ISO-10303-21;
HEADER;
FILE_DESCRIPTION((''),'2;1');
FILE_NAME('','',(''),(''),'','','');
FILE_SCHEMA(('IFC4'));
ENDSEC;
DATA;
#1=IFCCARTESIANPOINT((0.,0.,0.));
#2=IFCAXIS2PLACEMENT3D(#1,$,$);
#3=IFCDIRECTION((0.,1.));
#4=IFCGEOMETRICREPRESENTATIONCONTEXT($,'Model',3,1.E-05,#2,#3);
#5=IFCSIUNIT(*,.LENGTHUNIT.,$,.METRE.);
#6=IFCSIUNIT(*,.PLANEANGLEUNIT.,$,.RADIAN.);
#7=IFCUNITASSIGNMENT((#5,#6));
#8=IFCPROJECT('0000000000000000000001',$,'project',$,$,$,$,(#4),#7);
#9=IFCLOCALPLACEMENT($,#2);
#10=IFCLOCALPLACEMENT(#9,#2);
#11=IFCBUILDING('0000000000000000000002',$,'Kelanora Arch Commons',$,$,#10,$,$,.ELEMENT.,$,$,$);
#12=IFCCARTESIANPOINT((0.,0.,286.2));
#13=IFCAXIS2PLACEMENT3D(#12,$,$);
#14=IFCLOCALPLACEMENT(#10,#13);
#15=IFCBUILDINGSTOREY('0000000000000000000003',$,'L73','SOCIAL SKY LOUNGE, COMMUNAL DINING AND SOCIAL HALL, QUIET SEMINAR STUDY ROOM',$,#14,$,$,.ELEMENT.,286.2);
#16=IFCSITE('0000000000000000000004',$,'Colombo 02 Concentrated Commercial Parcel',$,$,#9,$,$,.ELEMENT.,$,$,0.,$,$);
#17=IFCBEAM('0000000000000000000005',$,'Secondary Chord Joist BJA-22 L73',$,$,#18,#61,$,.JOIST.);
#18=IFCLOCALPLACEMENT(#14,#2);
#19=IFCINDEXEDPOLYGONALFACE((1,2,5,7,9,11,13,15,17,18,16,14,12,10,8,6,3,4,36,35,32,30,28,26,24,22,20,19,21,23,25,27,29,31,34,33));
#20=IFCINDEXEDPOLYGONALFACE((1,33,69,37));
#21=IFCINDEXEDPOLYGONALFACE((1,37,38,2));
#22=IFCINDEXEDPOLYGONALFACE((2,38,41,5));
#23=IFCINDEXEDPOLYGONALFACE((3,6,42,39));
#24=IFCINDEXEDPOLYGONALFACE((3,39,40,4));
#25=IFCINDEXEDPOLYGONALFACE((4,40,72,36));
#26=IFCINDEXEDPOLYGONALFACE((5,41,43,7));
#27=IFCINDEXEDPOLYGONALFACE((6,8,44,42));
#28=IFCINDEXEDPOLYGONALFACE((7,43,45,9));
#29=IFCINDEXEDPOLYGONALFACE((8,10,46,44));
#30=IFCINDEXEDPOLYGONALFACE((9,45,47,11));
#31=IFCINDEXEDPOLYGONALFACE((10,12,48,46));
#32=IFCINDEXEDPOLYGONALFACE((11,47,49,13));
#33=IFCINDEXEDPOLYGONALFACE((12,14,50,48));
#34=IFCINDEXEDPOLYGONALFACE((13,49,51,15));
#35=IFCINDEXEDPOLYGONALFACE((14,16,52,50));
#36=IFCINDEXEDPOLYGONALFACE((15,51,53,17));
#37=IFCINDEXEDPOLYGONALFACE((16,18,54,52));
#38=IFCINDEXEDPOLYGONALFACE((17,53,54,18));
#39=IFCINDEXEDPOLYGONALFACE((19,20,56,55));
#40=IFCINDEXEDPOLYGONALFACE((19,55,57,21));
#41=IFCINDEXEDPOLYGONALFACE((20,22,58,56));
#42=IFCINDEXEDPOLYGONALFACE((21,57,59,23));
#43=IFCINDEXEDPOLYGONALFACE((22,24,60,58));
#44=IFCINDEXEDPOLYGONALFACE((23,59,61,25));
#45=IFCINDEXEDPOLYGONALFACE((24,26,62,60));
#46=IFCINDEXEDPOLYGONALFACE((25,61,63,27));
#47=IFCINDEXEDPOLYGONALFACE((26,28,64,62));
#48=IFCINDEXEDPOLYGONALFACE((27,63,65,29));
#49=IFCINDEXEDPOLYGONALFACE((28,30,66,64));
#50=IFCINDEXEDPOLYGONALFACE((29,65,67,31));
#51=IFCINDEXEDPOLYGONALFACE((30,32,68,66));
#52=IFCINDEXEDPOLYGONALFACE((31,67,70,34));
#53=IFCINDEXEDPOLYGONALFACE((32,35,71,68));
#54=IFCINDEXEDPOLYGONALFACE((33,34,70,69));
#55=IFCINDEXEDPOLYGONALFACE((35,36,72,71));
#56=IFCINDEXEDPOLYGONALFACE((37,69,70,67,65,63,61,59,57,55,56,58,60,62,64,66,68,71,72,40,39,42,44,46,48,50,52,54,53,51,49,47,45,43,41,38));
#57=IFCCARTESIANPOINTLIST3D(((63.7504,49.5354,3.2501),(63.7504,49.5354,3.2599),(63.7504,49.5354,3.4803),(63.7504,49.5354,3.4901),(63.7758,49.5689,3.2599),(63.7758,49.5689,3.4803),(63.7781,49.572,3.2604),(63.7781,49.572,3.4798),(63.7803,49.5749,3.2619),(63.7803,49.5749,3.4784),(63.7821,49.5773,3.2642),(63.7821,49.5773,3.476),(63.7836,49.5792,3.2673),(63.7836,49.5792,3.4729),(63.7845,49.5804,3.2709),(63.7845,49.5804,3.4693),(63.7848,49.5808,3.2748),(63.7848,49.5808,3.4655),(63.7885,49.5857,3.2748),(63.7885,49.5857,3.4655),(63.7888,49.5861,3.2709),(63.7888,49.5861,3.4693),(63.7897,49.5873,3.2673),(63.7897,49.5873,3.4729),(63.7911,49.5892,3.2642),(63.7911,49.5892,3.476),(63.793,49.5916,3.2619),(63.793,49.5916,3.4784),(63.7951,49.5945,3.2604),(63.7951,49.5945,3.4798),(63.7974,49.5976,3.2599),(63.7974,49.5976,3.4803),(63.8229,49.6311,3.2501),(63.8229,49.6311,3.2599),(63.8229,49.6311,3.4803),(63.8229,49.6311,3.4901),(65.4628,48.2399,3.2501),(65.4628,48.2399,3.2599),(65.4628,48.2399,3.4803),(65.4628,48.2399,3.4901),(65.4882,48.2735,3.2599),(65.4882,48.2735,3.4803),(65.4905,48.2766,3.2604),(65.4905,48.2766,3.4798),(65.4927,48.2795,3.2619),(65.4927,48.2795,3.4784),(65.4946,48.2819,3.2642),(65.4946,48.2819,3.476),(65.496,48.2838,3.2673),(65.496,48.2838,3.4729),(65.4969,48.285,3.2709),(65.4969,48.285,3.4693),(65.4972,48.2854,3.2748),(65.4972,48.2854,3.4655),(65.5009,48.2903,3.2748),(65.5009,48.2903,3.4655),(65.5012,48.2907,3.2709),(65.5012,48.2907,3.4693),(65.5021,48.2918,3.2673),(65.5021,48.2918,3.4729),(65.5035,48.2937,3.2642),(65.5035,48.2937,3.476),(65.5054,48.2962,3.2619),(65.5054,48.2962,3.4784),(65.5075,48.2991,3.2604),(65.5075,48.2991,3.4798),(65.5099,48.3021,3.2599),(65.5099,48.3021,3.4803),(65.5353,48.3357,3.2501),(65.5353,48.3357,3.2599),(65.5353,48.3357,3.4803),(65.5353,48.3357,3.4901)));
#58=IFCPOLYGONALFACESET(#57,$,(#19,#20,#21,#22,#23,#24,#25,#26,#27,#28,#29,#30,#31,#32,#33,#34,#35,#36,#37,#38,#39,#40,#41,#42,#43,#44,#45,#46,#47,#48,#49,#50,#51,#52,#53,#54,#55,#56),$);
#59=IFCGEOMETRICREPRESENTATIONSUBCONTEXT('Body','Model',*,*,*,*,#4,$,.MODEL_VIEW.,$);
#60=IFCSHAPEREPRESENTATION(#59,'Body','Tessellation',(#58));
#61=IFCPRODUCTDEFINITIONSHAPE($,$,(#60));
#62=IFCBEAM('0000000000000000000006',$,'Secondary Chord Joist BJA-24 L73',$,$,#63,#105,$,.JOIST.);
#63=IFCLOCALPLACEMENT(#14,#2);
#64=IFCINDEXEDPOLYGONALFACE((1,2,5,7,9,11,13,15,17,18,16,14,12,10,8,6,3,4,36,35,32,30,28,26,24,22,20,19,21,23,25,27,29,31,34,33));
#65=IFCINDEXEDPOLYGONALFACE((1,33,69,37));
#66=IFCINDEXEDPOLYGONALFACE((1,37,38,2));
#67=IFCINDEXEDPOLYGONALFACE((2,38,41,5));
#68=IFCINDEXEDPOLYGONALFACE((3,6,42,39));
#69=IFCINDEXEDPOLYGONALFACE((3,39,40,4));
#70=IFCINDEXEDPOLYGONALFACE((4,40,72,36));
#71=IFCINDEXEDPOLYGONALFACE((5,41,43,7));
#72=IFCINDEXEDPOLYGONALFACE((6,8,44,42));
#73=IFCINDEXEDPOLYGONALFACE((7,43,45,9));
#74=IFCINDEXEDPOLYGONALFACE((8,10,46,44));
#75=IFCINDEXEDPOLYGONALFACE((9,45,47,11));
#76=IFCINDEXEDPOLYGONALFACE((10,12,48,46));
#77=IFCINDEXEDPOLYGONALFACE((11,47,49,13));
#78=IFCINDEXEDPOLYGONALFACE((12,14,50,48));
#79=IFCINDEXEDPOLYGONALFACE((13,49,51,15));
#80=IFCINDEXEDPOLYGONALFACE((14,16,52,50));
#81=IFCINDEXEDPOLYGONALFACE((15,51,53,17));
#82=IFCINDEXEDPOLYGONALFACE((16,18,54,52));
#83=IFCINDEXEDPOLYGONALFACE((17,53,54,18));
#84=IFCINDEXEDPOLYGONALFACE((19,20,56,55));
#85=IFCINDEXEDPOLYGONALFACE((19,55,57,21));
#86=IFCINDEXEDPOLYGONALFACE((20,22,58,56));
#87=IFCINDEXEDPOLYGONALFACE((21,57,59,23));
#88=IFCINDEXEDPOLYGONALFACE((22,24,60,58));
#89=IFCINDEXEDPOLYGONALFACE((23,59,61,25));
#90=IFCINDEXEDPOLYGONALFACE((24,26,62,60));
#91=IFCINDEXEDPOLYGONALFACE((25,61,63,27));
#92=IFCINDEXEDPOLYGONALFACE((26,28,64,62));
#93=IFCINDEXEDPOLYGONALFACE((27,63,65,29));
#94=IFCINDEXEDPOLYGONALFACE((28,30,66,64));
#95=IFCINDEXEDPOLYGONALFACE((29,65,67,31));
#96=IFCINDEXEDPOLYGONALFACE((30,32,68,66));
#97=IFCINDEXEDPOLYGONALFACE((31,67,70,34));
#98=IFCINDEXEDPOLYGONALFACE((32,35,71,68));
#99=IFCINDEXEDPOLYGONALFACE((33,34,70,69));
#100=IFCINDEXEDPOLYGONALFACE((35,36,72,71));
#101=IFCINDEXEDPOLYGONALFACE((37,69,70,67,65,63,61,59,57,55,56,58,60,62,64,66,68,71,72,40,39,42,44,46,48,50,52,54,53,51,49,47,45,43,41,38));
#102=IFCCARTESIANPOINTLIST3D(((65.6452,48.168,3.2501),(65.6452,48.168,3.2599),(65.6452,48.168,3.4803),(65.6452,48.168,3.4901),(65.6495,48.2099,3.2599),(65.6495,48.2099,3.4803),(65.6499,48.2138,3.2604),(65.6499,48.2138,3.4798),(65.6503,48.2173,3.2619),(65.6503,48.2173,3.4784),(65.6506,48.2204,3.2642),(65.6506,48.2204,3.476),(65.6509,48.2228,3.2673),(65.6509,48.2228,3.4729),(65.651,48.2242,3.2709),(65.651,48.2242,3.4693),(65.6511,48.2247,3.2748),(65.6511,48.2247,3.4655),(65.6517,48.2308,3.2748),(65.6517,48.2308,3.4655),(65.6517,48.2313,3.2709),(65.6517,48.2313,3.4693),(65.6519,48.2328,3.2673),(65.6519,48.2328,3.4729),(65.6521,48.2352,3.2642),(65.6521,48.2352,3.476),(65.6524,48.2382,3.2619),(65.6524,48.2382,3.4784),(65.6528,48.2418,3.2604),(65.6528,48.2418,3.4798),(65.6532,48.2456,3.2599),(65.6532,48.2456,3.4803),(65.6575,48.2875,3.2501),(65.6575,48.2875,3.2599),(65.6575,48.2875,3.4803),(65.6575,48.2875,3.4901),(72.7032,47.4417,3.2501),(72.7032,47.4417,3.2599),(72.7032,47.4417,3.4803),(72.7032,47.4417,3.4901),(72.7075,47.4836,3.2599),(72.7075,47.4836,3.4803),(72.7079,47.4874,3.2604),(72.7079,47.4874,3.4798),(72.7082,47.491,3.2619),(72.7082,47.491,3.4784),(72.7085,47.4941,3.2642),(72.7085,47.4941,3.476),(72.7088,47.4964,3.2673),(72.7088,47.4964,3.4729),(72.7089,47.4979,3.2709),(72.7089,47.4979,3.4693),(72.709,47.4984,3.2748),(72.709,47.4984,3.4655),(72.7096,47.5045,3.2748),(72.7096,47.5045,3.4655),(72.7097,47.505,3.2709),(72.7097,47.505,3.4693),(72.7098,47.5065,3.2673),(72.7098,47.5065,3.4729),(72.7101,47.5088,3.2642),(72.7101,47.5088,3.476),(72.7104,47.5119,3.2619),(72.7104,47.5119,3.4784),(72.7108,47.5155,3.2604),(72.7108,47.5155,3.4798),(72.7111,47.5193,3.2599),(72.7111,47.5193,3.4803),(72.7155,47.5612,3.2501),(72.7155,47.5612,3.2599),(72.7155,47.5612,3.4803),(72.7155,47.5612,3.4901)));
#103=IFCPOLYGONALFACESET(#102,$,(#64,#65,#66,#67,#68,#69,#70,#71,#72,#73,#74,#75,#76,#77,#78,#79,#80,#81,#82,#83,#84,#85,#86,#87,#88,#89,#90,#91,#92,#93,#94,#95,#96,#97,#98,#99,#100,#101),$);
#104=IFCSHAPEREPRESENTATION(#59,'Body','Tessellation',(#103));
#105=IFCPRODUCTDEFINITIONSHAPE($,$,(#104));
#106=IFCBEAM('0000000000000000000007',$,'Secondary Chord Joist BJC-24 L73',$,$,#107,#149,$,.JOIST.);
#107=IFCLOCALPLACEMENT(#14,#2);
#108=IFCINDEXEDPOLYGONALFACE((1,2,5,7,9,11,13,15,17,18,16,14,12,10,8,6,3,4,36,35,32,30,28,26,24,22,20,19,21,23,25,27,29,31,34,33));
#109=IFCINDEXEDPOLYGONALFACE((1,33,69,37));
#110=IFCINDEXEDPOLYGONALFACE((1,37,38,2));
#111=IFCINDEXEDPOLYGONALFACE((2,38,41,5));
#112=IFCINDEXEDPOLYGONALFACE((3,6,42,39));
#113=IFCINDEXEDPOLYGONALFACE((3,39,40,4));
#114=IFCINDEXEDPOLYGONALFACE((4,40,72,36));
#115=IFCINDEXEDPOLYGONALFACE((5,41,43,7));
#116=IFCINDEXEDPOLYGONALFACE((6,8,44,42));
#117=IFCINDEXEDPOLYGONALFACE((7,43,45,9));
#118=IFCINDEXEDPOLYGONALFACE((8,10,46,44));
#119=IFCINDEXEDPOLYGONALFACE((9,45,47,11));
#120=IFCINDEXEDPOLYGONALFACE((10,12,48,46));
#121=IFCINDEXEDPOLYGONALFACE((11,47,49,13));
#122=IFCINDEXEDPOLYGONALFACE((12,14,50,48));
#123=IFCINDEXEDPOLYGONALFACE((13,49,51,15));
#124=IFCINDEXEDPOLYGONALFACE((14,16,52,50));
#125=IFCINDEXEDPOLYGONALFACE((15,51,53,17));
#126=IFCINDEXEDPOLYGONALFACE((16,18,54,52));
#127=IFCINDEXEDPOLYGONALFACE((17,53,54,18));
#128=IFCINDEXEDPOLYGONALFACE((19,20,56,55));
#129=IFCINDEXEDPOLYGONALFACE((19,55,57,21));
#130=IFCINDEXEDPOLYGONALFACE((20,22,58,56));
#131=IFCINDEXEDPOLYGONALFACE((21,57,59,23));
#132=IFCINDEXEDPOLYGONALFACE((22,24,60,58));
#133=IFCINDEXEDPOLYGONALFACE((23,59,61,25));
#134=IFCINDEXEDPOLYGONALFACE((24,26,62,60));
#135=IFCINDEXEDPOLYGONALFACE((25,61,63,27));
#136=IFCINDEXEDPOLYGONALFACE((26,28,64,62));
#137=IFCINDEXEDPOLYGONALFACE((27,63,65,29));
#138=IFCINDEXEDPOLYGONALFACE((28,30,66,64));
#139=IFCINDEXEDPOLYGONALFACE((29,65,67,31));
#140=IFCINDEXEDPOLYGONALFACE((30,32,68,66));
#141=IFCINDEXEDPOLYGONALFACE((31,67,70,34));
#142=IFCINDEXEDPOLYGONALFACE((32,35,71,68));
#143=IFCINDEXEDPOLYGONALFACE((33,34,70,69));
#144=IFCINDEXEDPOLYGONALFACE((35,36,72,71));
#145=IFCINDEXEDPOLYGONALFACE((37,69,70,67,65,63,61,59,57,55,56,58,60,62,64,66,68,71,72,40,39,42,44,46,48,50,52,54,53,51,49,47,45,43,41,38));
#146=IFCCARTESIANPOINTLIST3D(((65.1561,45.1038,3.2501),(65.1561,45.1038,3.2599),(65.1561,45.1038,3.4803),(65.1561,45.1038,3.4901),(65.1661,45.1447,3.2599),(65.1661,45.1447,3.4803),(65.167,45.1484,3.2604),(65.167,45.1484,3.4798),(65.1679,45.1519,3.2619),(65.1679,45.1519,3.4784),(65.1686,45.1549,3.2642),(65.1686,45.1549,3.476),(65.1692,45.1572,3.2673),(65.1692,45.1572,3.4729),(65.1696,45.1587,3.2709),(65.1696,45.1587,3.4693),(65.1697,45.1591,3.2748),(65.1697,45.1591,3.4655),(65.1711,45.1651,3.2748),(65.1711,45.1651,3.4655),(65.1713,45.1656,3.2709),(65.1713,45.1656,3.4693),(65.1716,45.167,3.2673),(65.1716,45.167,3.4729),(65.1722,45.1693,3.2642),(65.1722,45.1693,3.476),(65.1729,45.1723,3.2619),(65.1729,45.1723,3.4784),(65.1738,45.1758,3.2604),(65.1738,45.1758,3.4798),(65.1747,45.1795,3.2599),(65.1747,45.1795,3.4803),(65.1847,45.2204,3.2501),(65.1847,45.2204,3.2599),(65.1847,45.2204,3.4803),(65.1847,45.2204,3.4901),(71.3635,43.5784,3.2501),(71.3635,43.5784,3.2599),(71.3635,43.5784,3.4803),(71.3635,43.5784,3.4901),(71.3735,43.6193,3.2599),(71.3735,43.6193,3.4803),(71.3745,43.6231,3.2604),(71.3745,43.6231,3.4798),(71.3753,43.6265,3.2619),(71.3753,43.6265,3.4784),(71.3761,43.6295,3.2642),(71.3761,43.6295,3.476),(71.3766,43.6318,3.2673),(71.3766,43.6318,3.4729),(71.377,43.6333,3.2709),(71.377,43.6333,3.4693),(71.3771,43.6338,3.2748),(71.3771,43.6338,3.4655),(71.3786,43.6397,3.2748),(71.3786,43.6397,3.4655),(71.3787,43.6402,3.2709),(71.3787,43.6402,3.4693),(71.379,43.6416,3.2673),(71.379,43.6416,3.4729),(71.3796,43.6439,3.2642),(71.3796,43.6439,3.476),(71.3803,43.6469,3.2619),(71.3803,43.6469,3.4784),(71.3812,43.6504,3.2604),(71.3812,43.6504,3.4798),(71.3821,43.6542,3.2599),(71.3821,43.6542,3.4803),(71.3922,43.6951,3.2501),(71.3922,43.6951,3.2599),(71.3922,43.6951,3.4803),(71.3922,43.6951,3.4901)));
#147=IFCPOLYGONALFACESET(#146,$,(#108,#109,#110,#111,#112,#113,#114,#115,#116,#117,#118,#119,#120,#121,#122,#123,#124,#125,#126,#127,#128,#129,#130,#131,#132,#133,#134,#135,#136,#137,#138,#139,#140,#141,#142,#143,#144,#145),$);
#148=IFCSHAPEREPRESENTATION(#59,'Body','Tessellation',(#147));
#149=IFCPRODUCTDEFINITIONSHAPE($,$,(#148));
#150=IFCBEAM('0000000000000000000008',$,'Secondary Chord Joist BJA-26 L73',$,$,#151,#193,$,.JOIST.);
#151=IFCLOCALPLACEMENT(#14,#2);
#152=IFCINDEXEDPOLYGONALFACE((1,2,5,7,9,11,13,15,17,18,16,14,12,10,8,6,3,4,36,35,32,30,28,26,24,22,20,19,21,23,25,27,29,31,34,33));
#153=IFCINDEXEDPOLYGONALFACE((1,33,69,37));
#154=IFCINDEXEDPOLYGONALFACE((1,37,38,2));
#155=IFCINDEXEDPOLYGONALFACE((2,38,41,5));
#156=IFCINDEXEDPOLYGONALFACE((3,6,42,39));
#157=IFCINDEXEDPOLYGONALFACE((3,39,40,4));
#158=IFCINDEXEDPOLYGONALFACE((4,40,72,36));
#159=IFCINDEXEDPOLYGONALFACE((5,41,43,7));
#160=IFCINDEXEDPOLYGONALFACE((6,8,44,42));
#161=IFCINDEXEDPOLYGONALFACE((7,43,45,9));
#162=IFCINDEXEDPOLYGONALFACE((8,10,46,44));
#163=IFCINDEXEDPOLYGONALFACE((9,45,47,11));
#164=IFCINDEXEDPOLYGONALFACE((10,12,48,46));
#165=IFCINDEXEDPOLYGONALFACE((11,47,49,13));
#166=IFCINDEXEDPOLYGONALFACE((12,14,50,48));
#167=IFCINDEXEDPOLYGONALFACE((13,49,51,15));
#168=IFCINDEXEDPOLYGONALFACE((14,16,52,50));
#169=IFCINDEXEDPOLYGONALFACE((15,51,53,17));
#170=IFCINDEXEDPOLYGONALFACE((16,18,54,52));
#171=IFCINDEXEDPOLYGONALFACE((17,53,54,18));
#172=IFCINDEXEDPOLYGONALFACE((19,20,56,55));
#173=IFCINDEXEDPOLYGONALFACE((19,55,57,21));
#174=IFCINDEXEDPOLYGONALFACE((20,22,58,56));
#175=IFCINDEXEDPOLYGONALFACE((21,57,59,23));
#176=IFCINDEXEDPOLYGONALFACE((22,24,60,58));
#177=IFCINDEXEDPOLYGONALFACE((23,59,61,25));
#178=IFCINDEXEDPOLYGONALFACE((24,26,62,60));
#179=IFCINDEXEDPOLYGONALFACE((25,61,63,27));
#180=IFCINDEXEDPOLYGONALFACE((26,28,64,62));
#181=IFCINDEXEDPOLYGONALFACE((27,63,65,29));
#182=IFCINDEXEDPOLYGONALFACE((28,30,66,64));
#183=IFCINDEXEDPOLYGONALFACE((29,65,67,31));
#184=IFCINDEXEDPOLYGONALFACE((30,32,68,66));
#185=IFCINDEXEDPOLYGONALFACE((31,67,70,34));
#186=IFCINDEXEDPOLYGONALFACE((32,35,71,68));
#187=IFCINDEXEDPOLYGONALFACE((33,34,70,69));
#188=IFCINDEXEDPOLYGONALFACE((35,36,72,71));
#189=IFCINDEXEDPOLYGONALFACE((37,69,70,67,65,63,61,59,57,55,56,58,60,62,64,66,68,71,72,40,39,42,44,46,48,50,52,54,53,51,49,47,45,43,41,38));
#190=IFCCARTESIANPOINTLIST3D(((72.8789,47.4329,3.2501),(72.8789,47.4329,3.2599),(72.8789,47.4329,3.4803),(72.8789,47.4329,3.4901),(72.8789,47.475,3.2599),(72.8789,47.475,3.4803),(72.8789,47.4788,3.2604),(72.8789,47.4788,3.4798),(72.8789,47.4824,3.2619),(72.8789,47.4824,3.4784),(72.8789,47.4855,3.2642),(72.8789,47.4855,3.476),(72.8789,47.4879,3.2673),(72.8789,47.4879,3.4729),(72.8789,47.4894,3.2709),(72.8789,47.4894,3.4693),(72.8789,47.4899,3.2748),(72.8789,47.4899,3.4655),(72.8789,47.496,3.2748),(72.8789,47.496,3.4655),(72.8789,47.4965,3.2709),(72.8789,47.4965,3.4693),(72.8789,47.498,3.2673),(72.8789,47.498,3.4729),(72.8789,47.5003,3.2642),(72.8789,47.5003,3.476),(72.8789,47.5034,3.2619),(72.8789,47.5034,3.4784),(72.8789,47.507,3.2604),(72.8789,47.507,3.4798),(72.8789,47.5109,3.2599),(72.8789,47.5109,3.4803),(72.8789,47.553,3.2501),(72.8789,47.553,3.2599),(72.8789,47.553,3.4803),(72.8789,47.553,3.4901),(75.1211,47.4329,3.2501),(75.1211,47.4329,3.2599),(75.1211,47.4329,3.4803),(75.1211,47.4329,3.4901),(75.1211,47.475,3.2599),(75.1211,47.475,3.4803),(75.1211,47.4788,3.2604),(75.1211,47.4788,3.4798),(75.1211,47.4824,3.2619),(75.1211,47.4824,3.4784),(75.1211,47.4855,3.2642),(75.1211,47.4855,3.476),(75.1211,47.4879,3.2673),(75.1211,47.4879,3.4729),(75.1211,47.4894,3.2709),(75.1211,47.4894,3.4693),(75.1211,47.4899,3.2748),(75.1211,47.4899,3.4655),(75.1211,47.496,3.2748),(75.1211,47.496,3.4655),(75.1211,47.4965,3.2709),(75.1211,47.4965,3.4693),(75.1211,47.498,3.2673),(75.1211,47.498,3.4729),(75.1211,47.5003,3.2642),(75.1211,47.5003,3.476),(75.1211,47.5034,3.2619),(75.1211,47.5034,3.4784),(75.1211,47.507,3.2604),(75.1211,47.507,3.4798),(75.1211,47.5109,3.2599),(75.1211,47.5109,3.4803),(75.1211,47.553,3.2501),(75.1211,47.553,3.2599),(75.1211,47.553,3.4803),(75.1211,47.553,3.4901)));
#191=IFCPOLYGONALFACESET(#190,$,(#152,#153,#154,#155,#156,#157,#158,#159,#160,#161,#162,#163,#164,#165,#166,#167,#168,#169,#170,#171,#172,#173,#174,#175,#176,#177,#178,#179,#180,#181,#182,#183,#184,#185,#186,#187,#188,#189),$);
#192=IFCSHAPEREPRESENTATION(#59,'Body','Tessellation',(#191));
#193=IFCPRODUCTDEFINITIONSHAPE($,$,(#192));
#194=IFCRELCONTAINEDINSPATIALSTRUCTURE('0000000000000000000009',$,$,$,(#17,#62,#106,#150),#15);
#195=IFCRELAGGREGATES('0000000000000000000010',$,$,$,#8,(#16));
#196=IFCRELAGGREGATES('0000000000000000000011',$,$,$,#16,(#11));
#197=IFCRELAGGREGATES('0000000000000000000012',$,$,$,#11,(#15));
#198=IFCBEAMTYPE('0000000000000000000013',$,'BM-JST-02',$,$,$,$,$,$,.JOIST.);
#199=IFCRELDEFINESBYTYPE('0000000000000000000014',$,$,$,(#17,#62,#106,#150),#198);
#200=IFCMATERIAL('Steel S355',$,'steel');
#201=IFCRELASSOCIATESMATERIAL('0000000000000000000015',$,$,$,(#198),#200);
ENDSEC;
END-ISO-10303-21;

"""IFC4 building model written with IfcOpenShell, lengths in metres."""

from ifc_helpers import new_model, si_unit, direction, frame, origin, origin_2d, place, context, subcontext, project, spatial, i_section, extrude, material, material_profile, profile_set, type_object, element, save


model = new_model("IFC4")

# Units and contexts
model_context = context("Model", 3, precision=1e-05, world=origin(), true_north=direction((0.0, 1.0)))
body_context = subcontext(model_context, "Body", "Model", "MODEL_VIEW")
ifc_project = project(units=[si_unit("LENGTHUNIT", "METRE"), si_unit("PLANEANGLEUNIT", "RADIAN")], contexts=[model_context])

# Site, building, storey
site_placement = place(None, origin())
site = spatial("IfcSite", under=ifc_project, at=site_placement, Name="Colombo 02 Concentrated Commercial Parcel", CompositionType="ELEMENT", RefElevation=0.0)
building_placement = place(site_placement, origin())
building = spatial("IfcBuilding", under=site, at=building_placement, Name="Kelanora Arch Commons", CompositionType="ELEMENT")
storey_placement = place(building_placement, frame((0.0, 0.0, 286.2)))
storey = spatial("IfcBuildingStorey", under=building, at=storey_placement, Name="L73", Description="SOCIAL SKY LOUNGE, COMMUNAL DINING AND SOCIAL HALL, QUIET SEMINAR STUDY ROOM", CompositionType="ELEMENT", Elevation=286.2)

# Beams
ifc_material_1 = material(Name="Steel S355", Category="steel")
ifc_material_profile_1 = material_profile(ifc_material_1, i_section(OverallWidth=0.1201, OverallDepth=0.24, WebThickness=0.0061, FlangeThickness=0.0098, FilletRadius=0.0149, at=origin_2d()), Name="IPE240")
ifc_profile_set_1 = profile_set([ifc_material_profile_1], Name="Steel S355")
beam_type_1 = type_object("IfcBeamType", Name="BM-JST-02", PredefinedType="JOIST", material=ifc_profile_set_1)
beam_1_placement = place(storey_placement, frame((63.7866, 49.5833, 3.3701), z_axis=(0.79751, -0.603306, 0.0), x_axis=(0.603306, 0.79751, 0.0)))
element("IfcBeam", 1, at=beam_1_placement, inside=storey, type_object=beam_type_1, Name="Secondary Chord Joist BJA-22 L73", PredefinedType="JOIST", context=body_context, shape_type="SweptSolid", body=[
    extrude(i_section(OverallWidth=0.1201, OverallDepth=0.24, WebThickness=0.0061, FlangeThickness=0.0098, FilletRadius=0.0149, at=origin_2d()), origin(), (0.0, 0.0, 1.0), 2.1472),
])
beam_2_placement = place(storey_placement, frame((65.6514, 48.2278, 3.3701), z_axis=(0.994747, -0.102369, 0.0), x_axis=(0.102369, 0.994747, 0.0)))
element("IfcBeam", 2, at=beam_2_placement, inside=storey, type_object=beam_type_1, Name="Secondary Chord Joist BJA-24 L73", PredefinedType="JOIST", context=body_context, shape_type="SweptSolid", body=[
    extrude(i_section(OverallWidth=0.1201, OverallDepth=0.24, WebThickness=0.0061, FlangeThickness=0.0098, FilletRadius=0.0149, at=origin_2d()), origin(), (0.0, 0.0, 1.0), 7.0952),
])
beam_3_placement = place(storey_placement, frame((65.1704, 45.1621, 3.3701), z_axis=(0.97111, -0.238633, 0.0), x_axis=(0.238633, 0.97111, 0.0)))
element("IfcBeam", 3, at=beam_3_placement, inside=storey, type_object=beam_type_1, Name="Secondary Chord Joist BJC-24 L73", PredefinedType="JOIST", context=body_context, shape_type="SweptSolid", body=[
    extrude(i_section(OverallWidth=0.1201, OverallDepth=0.24, WebThickness=0.0061, FlangeThickness=0.0098, FilletRadius=0.0149, at=origin_2d()), origin(), (0.0, 0.0, 1.0), 6.3921),
])
beam_4_placement = place(storey_placement, frame((72.8789, 47.4929, 3.3701), z_axis=(1.0, 0.0, 0.0), x_axis=(0.0, 1.0, 0.0)))
element("IfcBeam", 4, at=beam_4_placement, inside=storey, type_object=beam_type_1, Name="Secondary Chord Joist BJA-26 L73", PredefinedType="JOIST", context=body_context, shape_type="SweptSolid", body=[
    extrude(i_section(OverallWidth=0.1201, OverallDepth=0.24, WebThickness=0.0061, FlangeThickness=0.0098, FilletRadius=0.0149, at=origin_2d()), origin(), (0.0, 0.0, 1.0), 2.2422),
])

save(model, "model.ifc")
